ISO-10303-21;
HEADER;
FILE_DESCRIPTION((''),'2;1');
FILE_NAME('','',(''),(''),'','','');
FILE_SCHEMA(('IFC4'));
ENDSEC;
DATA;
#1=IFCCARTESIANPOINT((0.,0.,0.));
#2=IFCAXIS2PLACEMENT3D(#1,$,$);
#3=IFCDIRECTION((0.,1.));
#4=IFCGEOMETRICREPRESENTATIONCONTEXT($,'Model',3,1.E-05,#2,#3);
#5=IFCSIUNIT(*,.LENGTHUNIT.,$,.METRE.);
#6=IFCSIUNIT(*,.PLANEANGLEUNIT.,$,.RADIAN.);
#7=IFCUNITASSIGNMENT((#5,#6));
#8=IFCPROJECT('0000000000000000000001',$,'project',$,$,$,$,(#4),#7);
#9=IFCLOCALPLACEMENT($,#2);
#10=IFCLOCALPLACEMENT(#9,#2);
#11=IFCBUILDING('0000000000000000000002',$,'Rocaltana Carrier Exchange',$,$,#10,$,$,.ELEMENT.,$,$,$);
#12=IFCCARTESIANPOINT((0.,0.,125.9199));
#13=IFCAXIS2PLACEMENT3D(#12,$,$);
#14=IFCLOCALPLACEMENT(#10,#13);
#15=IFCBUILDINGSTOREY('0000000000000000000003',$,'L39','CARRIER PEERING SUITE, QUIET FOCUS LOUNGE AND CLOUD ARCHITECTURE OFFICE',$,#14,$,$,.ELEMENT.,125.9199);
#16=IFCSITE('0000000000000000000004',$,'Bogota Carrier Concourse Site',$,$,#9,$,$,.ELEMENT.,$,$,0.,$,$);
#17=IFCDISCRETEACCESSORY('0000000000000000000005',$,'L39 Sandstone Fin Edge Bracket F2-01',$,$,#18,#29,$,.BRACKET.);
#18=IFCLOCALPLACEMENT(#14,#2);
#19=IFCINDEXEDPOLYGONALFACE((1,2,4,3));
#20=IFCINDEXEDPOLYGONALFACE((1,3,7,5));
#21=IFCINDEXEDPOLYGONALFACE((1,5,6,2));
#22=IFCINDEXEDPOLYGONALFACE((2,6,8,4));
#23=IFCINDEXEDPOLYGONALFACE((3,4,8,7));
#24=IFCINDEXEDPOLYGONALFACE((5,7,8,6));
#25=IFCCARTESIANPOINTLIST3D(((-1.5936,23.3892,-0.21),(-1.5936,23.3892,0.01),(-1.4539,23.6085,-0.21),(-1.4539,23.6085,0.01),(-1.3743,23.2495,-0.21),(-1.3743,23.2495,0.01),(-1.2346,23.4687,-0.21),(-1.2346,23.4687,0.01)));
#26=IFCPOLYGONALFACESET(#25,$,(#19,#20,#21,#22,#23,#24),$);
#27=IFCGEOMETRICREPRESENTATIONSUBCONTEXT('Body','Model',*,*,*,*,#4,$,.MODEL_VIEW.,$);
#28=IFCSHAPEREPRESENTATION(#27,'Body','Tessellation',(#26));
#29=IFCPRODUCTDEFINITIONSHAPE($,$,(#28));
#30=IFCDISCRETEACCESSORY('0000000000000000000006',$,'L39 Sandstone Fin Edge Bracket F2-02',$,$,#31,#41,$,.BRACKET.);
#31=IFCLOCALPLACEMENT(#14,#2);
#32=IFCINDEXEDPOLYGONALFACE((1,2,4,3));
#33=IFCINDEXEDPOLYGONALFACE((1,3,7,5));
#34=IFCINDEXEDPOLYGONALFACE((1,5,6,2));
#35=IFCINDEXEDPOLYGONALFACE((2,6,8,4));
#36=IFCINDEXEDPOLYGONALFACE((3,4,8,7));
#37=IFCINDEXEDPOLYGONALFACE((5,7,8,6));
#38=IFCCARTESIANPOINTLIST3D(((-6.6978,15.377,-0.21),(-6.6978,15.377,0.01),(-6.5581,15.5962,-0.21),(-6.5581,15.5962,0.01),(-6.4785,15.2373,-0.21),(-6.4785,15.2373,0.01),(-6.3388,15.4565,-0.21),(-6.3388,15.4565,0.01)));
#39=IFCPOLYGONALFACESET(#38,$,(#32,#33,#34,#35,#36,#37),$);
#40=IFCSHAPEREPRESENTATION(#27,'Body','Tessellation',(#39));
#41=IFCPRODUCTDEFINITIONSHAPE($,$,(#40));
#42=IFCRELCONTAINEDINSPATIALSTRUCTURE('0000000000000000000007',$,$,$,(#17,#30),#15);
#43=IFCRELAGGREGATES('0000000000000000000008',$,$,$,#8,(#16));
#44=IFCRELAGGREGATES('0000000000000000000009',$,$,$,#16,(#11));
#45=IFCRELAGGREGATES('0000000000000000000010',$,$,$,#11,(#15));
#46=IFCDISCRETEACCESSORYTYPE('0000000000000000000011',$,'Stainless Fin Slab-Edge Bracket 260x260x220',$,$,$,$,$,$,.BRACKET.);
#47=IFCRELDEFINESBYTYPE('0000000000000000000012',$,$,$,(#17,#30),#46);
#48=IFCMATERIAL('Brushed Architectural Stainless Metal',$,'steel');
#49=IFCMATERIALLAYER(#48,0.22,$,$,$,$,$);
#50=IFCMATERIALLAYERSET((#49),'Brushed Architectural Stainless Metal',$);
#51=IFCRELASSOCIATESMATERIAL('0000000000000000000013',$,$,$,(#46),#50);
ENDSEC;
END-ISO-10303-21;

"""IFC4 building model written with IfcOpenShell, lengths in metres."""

from ifc_helpers import new_model, si_unit, direction, frame, origin, origin_2d, place, context, subcontext, project, spatial, rectangle, extrude, material, layer, layer_set, type_object, element, save


model = new_model("IFC4")

# Units and contexts
model_context = context("Model", 3, precision=1e-05, world=origin(), true_north=direction((0.0, 1.0)))
body_context = subcontext(model_context, "Body", "Model", "MODEL_VIEW")
ifc_project = project(units=[si_unit("LENGTHUNIT", "METRE"), si_unit("PLANEANGLEUNIT", "RADIAN")], contexts=[model_context])

# Site, building, storey
site_placement = place(None, origin())
site = spatial("IfcSite", under=ifc_project, at=site_placement, Name="Bogota Carrier Concourse Site", CompositionType="ELEMENT", RefElevation=0.0)
building_placement = place(site_placement, origin())
building = spatial("IfcBuilding", under=site, at=building_placement, Name="Rocaltana Carrier Exchange", CompositionType="ELEMENT")
storey_placement = place(building_placement, frame((0.0, 0.0, 125.9199)))
storey = spatial("IfcBuildingStorey", under=building, at=storey_placement, Name="L39", Description="CARRIER PEERING SUITE, QUIET FOCUS LOUNGE AND CLOUD ARCHITECTURE OFFICE", CompositionType="ELEMENT", Elevation=125.9199)

# Discrete accessories
ifc_material_1 = material(Name="Brushed Architectural Stainless Metal", Category="steel")
ifc_layer_1 = layer(ifc_material_1, 0.22)
ifc_layer_set_1 = layer_set([ifc_layer_1], Name="Brushed Architectural Stainless Metal")
discrete_accessory_type = type_object("IfcDiscreteAccessoryType", Name="Stainless Fin Slab-Edge Bracket 260x260x220", PredefinedType="BRACKET", material=ifc_layer_set_1)
for number, where, z_axis, x_axis, name in (
    (1, (-1.4141, 23.429, -0.21), (0.0, 0.0, 1.0), (-0.5373, -0.843391, 0.0), "L39 Sandstone Fin Edge Bracket F2-01"),
    (2, (-6.5183, 15.4167, -0.21), (0.0, 0.0, 1.0), (-0.5373, -0.843391, 0.0), "L39 Sandstone Fin Edge Bracket F2-02"),
):
    element("IfcDiscreteAccessory", number, at=place(storey_placement, frame(where, z_axis=z_axis, x_axis=x_axis)), inside=storey, type_object=discrete_accessory_type, Name=name, PredefinedType="BRACKET", context=body_context, shape_type="SweptSolid", body=[
        extrude(rectangle(XDim=0.26, YDim=0.26, at=origin_2d()), origin(), (0.0, 0.0, 1.0), 0.22),
    ])

save(model, "model.ifc")
